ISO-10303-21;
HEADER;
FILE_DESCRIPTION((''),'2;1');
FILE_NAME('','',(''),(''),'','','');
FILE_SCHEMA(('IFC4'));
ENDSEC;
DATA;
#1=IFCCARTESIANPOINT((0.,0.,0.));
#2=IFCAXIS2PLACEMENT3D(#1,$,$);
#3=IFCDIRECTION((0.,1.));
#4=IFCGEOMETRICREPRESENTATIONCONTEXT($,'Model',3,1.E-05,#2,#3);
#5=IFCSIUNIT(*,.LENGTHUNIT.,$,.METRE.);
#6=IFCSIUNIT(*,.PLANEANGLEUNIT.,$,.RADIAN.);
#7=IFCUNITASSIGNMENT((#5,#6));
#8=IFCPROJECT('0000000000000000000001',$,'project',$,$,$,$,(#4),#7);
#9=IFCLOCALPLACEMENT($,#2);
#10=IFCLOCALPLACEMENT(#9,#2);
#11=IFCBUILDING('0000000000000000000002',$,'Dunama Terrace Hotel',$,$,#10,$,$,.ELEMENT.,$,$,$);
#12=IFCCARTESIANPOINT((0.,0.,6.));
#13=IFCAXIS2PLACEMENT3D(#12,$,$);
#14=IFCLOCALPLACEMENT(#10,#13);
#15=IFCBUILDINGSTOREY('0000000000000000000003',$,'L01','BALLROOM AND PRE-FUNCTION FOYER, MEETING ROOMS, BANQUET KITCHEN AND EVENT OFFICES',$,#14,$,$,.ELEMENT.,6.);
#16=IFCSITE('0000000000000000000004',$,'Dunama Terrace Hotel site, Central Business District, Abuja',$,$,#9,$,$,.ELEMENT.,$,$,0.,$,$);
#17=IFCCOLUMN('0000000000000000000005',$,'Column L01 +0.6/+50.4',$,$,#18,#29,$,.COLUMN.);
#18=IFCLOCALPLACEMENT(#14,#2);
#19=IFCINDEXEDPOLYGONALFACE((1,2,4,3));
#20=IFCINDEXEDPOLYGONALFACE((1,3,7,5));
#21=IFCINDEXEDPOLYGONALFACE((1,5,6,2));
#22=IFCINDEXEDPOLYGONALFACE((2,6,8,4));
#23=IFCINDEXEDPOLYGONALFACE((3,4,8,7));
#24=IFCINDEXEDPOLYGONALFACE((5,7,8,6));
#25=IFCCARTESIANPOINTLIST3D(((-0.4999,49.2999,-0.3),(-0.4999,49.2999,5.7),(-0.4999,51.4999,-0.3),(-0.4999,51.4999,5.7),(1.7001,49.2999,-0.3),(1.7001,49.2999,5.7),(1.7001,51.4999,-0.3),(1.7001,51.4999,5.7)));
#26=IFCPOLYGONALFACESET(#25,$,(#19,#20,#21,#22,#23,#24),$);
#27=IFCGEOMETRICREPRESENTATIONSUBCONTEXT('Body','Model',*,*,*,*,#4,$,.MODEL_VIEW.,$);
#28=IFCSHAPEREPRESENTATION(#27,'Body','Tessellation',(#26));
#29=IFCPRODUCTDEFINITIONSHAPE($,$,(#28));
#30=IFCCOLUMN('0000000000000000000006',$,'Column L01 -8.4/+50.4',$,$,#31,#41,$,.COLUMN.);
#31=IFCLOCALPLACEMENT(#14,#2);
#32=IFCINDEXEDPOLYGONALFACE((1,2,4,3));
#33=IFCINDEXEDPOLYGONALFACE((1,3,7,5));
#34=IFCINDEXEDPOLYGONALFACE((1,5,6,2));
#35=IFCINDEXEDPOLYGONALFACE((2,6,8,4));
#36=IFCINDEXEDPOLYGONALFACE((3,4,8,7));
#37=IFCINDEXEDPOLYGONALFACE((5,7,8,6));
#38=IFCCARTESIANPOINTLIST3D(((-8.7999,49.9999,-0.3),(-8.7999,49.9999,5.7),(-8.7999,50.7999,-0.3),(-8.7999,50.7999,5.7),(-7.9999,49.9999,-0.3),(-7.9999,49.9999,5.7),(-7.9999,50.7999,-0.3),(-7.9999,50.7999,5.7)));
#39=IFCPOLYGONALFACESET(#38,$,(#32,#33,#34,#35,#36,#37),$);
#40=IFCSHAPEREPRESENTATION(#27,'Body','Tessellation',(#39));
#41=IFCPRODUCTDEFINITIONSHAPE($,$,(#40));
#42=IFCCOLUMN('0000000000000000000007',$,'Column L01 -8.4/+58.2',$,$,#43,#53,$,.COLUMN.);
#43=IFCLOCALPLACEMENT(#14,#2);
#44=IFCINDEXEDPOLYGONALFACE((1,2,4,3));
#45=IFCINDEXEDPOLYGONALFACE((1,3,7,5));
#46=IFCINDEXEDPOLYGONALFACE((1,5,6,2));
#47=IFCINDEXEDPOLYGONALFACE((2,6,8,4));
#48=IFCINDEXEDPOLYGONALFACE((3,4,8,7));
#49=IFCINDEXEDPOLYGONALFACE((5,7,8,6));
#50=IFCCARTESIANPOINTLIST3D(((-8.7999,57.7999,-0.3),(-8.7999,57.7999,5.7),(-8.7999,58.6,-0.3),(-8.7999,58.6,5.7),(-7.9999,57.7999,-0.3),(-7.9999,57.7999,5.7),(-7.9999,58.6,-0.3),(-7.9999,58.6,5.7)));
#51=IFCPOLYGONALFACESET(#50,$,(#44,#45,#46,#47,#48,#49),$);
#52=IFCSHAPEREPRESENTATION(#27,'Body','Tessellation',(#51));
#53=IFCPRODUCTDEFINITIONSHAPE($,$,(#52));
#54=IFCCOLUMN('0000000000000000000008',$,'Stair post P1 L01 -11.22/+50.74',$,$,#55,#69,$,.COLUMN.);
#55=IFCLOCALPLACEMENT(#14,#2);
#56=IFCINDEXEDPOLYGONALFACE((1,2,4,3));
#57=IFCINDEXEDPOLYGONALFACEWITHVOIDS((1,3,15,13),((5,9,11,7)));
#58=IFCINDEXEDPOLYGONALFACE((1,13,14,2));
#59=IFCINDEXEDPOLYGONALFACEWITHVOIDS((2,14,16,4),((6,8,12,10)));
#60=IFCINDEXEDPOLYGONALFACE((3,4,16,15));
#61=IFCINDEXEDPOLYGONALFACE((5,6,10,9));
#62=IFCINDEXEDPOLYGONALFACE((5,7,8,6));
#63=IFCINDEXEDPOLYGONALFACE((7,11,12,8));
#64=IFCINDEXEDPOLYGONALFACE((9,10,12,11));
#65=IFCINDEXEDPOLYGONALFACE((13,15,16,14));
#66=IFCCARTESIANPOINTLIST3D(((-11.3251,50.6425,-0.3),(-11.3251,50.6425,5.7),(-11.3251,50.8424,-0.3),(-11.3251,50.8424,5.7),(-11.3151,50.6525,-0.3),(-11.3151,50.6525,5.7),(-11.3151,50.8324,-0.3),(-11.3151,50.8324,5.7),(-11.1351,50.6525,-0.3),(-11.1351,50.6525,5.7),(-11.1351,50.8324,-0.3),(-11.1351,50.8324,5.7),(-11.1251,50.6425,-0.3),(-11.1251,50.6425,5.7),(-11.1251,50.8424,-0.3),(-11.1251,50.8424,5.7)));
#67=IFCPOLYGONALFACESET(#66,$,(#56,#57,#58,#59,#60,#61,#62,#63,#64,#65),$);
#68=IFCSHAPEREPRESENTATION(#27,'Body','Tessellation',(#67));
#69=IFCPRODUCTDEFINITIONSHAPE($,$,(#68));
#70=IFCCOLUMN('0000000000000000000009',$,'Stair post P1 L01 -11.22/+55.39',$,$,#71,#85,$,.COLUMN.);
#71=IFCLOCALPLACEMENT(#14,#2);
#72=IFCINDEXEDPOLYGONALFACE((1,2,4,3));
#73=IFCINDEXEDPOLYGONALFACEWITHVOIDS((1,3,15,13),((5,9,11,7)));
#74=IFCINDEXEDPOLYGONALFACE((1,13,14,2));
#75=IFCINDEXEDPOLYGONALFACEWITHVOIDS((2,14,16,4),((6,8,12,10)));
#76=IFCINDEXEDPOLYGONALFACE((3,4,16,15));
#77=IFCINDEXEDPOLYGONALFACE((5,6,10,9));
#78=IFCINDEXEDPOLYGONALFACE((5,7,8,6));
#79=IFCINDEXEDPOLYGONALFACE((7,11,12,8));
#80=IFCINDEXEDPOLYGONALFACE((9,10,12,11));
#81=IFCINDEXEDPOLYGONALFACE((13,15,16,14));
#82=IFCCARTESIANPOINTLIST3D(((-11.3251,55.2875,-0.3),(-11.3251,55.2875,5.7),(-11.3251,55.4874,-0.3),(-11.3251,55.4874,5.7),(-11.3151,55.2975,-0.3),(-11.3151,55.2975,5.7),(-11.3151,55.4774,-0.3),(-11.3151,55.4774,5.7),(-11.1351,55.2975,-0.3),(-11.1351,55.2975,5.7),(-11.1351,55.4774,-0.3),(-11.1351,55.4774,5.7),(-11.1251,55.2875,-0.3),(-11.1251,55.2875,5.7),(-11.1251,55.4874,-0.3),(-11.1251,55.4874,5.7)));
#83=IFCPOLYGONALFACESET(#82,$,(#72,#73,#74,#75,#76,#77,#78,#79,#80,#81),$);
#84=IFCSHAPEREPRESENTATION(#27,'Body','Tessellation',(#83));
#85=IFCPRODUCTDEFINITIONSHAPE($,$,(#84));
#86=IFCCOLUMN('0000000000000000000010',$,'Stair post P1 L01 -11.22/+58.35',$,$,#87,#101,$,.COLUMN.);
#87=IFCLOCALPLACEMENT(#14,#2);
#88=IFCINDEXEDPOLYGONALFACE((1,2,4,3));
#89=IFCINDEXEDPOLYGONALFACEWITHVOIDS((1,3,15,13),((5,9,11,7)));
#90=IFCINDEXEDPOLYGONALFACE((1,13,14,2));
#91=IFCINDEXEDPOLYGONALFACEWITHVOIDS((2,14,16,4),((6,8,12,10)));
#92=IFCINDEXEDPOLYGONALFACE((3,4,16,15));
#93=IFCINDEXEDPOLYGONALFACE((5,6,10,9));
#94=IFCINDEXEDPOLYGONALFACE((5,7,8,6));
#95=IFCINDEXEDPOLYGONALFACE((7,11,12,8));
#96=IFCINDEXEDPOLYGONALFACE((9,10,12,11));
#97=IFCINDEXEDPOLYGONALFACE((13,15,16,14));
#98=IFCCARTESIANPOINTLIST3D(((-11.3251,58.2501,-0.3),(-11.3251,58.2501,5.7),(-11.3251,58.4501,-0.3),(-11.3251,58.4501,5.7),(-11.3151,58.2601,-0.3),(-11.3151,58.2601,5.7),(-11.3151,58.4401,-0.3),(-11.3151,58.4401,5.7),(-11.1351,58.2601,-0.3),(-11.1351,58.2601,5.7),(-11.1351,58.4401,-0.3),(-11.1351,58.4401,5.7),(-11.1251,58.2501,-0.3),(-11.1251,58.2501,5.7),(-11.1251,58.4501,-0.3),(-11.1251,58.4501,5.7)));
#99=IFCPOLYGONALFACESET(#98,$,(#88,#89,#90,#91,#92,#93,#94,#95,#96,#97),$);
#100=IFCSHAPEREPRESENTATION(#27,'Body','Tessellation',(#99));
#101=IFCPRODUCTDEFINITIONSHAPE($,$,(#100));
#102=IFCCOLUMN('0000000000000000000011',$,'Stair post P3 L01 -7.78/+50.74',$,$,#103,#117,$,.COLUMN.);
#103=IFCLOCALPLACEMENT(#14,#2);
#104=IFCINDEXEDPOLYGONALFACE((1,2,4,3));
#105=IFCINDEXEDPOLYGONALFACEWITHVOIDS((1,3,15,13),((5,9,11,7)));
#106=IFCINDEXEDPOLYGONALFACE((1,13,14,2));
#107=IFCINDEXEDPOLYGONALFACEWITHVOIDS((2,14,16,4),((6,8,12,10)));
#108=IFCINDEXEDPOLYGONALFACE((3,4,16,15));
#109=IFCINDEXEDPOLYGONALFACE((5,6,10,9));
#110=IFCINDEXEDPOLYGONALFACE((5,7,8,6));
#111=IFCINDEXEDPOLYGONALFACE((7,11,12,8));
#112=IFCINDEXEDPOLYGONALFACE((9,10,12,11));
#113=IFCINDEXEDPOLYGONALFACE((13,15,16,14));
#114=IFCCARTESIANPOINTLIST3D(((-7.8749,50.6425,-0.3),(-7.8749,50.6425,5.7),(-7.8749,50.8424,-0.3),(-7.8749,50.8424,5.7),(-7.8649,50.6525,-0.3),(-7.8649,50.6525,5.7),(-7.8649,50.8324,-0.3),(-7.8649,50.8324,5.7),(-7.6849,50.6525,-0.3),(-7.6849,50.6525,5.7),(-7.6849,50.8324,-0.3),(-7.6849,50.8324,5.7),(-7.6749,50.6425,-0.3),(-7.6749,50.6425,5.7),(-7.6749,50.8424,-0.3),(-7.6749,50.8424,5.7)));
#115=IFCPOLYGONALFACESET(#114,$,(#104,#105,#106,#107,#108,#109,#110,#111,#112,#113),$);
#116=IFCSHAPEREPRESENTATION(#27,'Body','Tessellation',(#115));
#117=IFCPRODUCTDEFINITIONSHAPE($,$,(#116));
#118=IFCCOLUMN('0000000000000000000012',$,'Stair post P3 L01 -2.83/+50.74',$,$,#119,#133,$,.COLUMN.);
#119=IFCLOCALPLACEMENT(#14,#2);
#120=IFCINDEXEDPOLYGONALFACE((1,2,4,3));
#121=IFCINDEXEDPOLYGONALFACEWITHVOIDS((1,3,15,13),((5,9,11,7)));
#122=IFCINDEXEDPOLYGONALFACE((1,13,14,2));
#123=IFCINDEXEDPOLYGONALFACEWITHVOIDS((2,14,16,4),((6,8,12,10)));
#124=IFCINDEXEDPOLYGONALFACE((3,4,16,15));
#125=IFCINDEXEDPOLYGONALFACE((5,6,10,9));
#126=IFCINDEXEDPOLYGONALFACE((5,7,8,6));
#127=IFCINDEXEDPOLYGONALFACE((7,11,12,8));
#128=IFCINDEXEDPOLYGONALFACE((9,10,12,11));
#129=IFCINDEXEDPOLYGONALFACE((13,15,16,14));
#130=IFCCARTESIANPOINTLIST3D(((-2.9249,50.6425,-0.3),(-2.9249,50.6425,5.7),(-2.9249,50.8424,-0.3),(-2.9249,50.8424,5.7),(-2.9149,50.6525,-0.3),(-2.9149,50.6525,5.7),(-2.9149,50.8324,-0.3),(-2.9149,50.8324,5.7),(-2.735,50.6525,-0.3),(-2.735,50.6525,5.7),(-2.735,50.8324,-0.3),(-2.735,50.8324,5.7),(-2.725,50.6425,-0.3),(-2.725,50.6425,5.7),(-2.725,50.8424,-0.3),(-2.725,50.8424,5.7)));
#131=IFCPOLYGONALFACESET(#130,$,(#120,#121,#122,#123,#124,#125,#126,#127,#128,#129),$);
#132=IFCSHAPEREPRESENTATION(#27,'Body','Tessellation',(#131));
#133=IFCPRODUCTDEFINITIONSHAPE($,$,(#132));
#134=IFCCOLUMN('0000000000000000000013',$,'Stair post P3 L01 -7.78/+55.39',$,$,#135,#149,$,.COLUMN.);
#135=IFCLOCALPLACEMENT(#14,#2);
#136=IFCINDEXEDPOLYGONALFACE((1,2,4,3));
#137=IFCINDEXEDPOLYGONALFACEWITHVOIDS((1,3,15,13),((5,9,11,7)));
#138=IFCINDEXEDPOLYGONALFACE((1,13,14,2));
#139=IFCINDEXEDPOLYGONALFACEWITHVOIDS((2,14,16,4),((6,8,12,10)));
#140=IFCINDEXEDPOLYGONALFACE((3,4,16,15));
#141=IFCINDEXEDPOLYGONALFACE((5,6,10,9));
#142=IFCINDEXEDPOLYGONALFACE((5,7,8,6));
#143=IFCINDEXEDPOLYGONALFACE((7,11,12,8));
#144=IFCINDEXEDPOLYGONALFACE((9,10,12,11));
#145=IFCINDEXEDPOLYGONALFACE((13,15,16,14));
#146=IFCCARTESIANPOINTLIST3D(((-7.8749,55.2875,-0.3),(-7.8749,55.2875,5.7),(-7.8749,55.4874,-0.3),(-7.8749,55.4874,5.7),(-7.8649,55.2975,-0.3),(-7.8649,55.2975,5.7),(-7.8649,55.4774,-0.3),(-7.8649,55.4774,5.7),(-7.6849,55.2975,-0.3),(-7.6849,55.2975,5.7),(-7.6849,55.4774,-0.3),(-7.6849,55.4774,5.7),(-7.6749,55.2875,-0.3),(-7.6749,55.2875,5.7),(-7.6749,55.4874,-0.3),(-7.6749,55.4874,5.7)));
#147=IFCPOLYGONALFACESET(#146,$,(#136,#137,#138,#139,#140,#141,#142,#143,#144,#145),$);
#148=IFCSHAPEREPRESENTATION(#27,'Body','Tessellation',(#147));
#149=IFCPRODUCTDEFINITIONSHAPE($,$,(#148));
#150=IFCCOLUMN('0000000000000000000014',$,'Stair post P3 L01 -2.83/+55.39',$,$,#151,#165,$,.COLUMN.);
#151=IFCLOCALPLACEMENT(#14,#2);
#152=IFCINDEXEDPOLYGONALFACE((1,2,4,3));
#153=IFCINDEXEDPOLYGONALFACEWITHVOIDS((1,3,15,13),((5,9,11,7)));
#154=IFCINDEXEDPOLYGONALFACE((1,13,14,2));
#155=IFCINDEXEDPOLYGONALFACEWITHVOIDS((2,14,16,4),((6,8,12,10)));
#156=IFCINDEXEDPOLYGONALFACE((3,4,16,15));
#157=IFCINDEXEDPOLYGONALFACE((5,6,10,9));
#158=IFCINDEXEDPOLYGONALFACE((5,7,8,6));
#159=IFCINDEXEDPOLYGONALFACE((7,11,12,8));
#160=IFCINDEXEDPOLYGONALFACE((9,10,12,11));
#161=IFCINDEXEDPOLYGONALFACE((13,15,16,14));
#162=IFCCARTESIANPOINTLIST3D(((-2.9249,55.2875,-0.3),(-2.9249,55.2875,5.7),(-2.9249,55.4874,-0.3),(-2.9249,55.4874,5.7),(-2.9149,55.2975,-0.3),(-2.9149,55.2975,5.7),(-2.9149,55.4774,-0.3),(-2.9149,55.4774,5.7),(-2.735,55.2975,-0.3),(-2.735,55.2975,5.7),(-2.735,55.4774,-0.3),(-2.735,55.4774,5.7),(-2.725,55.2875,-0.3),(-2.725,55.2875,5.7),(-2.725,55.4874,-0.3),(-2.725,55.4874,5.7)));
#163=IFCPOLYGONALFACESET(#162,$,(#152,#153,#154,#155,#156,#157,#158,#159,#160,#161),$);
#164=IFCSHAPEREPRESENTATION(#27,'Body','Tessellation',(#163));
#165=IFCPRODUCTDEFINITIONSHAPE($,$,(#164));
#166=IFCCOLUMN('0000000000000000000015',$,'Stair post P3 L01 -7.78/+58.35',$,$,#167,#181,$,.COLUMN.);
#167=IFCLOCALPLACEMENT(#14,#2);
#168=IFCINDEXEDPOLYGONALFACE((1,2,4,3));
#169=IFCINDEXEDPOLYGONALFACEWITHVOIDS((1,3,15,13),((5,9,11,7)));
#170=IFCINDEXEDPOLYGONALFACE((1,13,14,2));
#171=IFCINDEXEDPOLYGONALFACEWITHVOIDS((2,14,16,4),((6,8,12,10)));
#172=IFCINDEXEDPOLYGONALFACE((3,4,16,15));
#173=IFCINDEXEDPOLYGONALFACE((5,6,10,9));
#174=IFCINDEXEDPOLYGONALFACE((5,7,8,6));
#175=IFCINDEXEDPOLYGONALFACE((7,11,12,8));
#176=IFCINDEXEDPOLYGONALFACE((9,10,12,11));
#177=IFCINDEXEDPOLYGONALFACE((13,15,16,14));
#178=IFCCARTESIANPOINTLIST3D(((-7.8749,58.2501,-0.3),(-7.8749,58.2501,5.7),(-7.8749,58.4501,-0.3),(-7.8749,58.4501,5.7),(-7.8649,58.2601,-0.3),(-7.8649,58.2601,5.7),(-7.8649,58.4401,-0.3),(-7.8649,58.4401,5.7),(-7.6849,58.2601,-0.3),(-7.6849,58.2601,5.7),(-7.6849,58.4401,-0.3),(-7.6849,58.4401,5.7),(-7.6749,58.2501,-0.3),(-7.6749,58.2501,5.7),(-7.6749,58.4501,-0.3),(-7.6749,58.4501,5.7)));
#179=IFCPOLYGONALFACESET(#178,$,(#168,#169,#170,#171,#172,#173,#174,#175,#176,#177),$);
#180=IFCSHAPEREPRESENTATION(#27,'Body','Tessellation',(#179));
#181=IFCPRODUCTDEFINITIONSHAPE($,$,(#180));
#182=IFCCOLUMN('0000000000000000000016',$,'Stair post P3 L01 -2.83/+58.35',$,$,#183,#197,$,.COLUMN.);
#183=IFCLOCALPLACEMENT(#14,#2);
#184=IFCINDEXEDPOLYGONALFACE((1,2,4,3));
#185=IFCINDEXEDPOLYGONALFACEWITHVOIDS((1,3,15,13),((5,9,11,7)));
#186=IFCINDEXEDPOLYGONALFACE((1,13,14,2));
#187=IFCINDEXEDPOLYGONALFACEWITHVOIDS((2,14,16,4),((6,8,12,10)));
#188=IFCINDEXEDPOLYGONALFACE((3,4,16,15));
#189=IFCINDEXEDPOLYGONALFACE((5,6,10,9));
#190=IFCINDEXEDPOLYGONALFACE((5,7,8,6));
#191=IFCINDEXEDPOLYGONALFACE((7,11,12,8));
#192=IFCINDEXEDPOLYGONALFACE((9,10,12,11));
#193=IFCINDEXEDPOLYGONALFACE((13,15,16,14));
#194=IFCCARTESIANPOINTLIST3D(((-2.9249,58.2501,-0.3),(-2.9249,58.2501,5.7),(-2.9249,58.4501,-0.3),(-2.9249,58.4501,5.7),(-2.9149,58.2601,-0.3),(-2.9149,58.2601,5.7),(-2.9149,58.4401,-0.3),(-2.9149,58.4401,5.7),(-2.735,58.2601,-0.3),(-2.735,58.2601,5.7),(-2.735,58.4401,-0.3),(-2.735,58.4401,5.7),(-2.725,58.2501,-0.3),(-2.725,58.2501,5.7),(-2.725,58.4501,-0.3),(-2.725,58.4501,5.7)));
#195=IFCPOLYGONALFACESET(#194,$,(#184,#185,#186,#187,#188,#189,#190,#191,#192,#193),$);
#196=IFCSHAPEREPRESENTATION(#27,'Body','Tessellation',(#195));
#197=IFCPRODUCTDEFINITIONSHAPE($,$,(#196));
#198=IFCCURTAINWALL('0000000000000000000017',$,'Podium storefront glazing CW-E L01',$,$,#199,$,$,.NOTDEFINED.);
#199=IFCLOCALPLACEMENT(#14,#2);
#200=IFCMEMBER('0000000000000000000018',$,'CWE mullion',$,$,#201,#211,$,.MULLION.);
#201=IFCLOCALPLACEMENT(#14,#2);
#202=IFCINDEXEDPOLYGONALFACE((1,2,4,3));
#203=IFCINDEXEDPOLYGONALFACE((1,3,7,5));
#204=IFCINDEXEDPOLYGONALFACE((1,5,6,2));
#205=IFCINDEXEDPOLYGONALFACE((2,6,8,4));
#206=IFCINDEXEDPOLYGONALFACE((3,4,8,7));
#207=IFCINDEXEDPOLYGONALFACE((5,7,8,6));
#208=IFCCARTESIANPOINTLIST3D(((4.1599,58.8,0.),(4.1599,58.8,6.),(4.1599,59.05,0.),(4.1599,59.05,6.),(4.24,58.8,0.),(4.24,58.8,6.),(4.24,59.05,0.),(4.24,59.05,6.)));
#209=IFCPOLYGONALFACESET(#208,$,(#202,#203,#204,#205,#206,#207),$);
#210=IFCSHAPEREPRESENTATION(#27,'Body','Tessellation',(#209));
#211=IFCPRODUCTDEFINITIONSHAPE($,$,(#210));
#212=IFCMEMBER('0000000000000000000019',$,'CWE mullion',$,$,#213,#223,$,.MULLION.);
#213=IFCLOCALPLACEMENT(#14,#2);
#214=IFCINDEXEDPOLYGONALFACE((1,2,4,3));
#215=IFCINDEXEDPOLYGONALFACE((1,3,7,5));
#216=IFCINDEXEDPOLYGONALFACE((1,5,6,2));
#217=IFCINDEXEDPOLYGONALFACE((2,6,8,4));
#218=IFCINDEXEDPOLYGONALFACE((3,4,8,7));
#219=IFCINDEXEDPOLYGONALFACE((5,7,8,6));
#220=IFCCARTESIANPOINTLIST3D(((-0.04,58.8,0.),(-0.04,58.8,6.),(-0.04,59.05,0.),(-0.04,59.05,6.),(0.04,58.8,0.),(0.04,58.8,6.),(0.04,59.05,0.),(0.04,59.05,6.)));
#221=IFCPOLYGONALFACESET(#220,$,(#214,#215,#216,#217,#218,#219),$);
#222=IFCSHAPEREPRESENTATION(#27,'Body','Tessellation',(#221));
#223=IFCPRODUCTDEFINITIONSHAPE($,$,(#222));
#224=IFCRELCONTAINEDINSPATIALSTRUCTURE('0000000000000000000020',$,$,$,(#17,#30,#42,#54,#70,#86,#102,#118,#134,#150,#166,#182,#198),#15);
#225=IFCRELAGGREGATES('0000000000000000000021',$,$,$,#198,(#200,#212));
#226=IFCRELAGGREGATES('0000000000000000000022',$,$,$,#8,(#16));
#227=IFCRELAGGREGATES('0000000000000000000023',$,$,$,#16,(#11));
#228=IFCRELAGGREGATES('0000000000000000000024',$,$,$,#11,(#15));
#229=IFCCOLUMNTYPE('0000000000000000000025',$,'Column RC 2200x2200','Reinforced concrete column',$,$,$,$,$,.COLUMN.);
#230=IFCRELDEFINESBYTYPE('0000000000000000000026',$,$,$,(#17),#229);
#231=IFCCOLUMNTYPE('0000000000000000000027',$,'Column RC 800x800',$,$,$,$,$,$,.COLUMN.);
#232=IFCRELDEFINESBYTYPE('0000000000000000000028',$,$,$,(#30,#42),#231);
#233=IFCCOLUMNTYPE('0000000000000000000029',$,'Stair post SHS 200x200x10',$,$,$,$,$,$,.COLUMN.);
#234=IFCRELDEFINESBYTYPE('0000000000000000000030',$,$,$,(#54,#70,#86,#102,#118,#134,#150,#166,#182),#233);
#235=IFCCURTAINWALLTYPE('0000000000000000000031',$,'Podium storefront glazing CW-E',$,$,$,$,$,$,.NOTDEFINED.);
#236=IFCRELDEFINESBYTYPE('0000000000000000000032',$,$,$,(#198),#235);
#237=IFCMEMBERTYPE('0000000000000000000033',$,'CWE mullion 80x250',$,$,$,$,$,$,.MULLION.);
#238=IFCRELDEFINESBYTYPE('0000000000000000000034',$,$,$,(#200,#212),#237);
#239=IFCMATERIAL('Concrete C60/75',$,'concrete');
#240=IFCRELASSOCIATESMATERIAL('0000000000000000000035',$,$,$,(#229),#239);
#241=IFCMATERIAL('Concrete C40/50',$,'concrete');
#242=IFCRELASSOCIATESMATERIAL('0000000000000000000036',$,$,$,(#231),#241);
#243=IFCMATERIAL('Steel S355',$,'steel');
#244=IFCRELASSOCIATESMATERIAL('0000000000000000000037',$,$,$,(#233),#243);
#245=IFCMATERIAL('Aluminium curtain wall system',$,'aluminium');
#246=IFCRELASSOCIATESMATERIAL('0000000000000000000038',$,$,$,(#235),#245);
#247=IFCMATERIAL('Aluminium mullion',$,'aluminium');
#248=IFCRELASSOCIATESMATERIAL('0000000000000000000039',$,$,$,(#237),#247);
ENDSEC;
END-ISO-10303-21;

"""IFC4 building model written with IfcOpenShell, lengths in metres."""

from ifc_helpers import new_model, si_unit, direction, frame, origin, origin_2d, place, context, subcontext, project, spatial, rectangle, hollow_rectangle, extrude, material, material_profile, profile_set, type_object, element, aggregate, save


model = new_model("IFC4")

# Units and contexts
model_context = context("Model", 3, precision=1e-05, world=origin(), true_north=direction((0.0, 1.0)))
body_context = subcontext(model_context, "Body", "Model", "MODEL_VIEW")
ifc_project = project(units=[si_unit("LENGTHUNIT", "METRE"), si_unit("PLANEANGLEUNIT", "RADIAN")], contexts=[model_context])

# Site, building, storey
site_placement = place(None, origin())
site = spatial("IfcSite", under=ifc_project, at=site_placement, Name="Dunama Terrace Hotel site, Central Business District, Abuja", CompositionType="ELEMENT", RefElevation=0.0)
building_placement = place(site_placement, origin())
building = spatial("IfcBuilding", under=site, at=building_placement, Name="Dunama Terrace Hotel", CompositionType="ELEMENT")
storey_placement = place(building_placement, frame((0.0, 0.0, 6.0)))
storey = spatial("IfcBuildingStorey", under=building, at=storey_placement, Name="L01", Description="BALLROOM AND PRE-FUNCTION FOYER, MEETING ROOMS, BANQUET KITCHEN AND EVENT OFFICES", CompositionType="ELEMENT", Elevation=6.0)

# Columns
ifc_material_1 = material(Name="Concrete C60/75", Category="concrete")
ifc_material_profile_1 = material_profile(ifc_material_1, rectangle(XDim=2.2, YDim=2.2, at=origin_2d()), Name="RC 2200x2200")
ifc_profile_set_1 = profile_set([ifc_material_profile_1], Name="Concrete C60/75")
column_type_1 = type_object("IfcColumnType", Name="Column RC 2200x2200", Description="Reinforced concrete column", PredefinedType="COLUMN", material=ifc_profile_set_1)
column_placement = place(storey_placement, frame((0.6001, 50.3999, -0.3), z_axis=(0.0, 0.0, 1.0), x_axis=(1.0, 0.0, 0.0)))
element("IfcColumn", 1, at=column_placement, inside=storey, type_object=column_type_1, Name="Column L01 +0.6/+50.4", PredefinedType="COLUMN", context=body_context, shape_type="SweptSolid", body=[
    extrude(rectangle(XDim=2.2, YDim=2.2, at=origin_2d()), origin(), (0.0, 0.0, 1.0), 6.0),
])
ifc_material_2 = material(Name="Concrete C40/50", Category="concrete")
ifc_material_profile_2 = material_profile(ifc_material_2, rectangle(XDim=0.8, YDim=0.8, at=origin_2d()), Name="RC 800x800")
ifc_profile_set_2 = profile_set([ifc_material_profile_2], Name="Concrete C40/50")
column_type_2 = type_object("IfcColumnType", Name="Column RC 800x800", PredefinedType="COLUMN", material=ifc_profile_set_2)
for number, where, z_axis, x_axis, name in (
    (2, (-8.3999, 50.3999, -0.3), (0.0, 0.0, 1.0), (1.0, 0.0, 0.0), "Column L01 -8.4/+50.4"),
    (3, (-8.3999, 58.2, -0.3), (0.0, 0.0, 1.0), (1.0, 0.0, 0.0), "Column L01 -8.4/+58.2"),
):
    element("IfcColumn", number, at=place(storey_placement, frame(where, z_axis=z_axis, x_axis=x_axis)), inside=storey, type_object=column_type_2, Name=name, PredefinedType="COLUMN", context=body_context, shape_type="SweptSolid", body=[
        extrude(rectangle(XDim=0.8, YDim=0.8, at=origin_2d()), origin(), (0.0, 0.0, 1.0), 6.0),
    ])
ifc_material_3 = material(Name="Steel S355", Category="steel")
ifc_material_profile_3 = material_profile(ifc_material_3, hollow_rectangle(XDim=0.2, YDim=0.2, WallThickness=0.01, at=origin_2d()), Name="SHS 200x200x10")
ifc_profile_set_3 = profile_set([ifc_material_profile_3], Name="Steel S355")
column_type_3 = type_object("IfcColumnType", Name="Stair post SHS 200x200x10", PredefinedType="COLUMN", material=ifc_profile_set_3)
for number, where, z_axis, x_axis, name in (
    (4, (-11.2251, 50.7424, -0.3), (0.0, 0.0, 1.0), (1.0, 0.0, 0.0), "Stair post P1 L01 -11.22/+50.74"),
    (5, (-11.2251, 55.3875, -0.3), (0.0, 0.0, 1.0), (1.0, 0.0, 0.0), "Stair post P1 L01 -11.22/+55.39"),
    (6, (-11.2251, 58.3501, -0.3), (0.0, 0.0, 1.0), (1.0, 0.0, 0.0), "Stair post P1 L01 -11.22/+58.35"),
    (7, (-7.7749, 50.7424, -0.3), (0.0, 0.0, 1.0), (1.0, 0.0, 0.0), "Stair post P3 L01 -7.78/+50.74"),
    (8, (-2.825, 50.7424, -0.3), (0.0, 0.0, 1.0), (1.0, 0.0, 0.0), "Stair post P3 L01 -2.83/+50.74"),
    (9, (-7.7749, 55.3875, -0.3), (0.0, 0.0, 1.0), (1.0, 0.0, 0.0), "Stair post P3 L01 -7.78/+55.39"),
    (10, (-2.825, 55.3875, -0.3), (0.0, 0.0, 1.0), (1.0, 0.0, 0.0), "Stair post P3 L01 -2.83/+55.39"),
    (11, (-7.7749, 58.3501, -0.3), (0.0, 0.0, 1.0), (1.0, 0.0, 0.0), "Stair post P3 L01 -7.78/+58.35"),
    (12, (-2.825, 58.3501, -0.3), (0.0, 0.0, 1.0), (1.0, 0.0, 0.0), "Stair post P3 L01 -2.83/+58.35"),
):
    element("IfcColumn", number, at=place(storey_placement, frame(where, z_axis=z_axis, x_axis=x_axis)), inside=storey, type_object=column_type_3, Name=name, PredefinedType="COLUMN", context=body_context, shape_type="SweptSolid", body=[
        extrude(hollow_rectangle(XDim=0.2, YDim=0.2, WallThickness=0.01, at=origin_2d()), origin(), (0.0, 0.0, 1.0), 6.0),
    ])

# Curtain wall, members
ifc_material_4 = material(Name="Aluminium curtain wall system", Category="aluminium")
curtain_wall_type = type_object("IfcCurtainWallType", Name="Podium storefront glazing CW-E", PredefinedType="NOTDEFINED", material=ifc_material_4)
curtain_wall_placement = place(storey_placement, origin())
curtain_wall = element("IfcCurtainWall", 13, at=curtain_wall_placement, inside=storey, type_object=curtain_wall_type, Name="Podium storefront glazing CW-E L01", PredefinedType="NOTDEFINED")
ifc_material_5 = material(Name="Aluminium mullion", Category="aluminium")
ifc_material_profile_4 = material_profile(ifc_material_5, rectangle(XDim=0.0801, YDim=0.25, at=origin_2d()), Name="CWE MULLION 80X250")
ifc_profile_set_4 = profile_set([ifc_material_profile_4], Name="Aluminium mullion")
member_type_1 = type_object("IfcMemberType", Name="CWE mullion 80x250", PredefinedType="MULLION", material=ifc_profile_set_4)
member_1_placement = place(storey_placement, frame((4.2, 58.925, 0.0), z_axis=(0.0, 0.0, 1.0), x_axis=(-1.0, 0.0, 0.0)))
member_1 = element("IfcMember", 14, at=member_1_placement, type_object=member_type_1, Name="CWE mullion", PredefinedType="MULLION", context=body_context, shape_type="SweptSolid", body=[
    extrude(rectangle(XDim=0.0801, YDim=0.25, at=origin_2d()), origin(), (0.0, 0.0, 1.0), 6.0),
])
member_2_placement = place(storey_placement, frame((0.0, 58.925, 0.0), z_axis=(0.0, 0.0, 1.0), x_axis=(-1.0, 0.0, 0.0)))
member_2 = element("IfcMember", 15, at=member_2_placement, type_object=member_type_1, Name="CWE mullion", PredefinedType="MULLION", context=body_context, shape_type="SweptSolid", body=[
    extrude(rectangle(XDim=0.0801, YDim=0.25, at=origin_2d()), origin(), (0.0, 0.0, 1.0), 6.0),
])

aggregate(curtain_wall, [member_1, member_2])

save(model, "model.ifc")
